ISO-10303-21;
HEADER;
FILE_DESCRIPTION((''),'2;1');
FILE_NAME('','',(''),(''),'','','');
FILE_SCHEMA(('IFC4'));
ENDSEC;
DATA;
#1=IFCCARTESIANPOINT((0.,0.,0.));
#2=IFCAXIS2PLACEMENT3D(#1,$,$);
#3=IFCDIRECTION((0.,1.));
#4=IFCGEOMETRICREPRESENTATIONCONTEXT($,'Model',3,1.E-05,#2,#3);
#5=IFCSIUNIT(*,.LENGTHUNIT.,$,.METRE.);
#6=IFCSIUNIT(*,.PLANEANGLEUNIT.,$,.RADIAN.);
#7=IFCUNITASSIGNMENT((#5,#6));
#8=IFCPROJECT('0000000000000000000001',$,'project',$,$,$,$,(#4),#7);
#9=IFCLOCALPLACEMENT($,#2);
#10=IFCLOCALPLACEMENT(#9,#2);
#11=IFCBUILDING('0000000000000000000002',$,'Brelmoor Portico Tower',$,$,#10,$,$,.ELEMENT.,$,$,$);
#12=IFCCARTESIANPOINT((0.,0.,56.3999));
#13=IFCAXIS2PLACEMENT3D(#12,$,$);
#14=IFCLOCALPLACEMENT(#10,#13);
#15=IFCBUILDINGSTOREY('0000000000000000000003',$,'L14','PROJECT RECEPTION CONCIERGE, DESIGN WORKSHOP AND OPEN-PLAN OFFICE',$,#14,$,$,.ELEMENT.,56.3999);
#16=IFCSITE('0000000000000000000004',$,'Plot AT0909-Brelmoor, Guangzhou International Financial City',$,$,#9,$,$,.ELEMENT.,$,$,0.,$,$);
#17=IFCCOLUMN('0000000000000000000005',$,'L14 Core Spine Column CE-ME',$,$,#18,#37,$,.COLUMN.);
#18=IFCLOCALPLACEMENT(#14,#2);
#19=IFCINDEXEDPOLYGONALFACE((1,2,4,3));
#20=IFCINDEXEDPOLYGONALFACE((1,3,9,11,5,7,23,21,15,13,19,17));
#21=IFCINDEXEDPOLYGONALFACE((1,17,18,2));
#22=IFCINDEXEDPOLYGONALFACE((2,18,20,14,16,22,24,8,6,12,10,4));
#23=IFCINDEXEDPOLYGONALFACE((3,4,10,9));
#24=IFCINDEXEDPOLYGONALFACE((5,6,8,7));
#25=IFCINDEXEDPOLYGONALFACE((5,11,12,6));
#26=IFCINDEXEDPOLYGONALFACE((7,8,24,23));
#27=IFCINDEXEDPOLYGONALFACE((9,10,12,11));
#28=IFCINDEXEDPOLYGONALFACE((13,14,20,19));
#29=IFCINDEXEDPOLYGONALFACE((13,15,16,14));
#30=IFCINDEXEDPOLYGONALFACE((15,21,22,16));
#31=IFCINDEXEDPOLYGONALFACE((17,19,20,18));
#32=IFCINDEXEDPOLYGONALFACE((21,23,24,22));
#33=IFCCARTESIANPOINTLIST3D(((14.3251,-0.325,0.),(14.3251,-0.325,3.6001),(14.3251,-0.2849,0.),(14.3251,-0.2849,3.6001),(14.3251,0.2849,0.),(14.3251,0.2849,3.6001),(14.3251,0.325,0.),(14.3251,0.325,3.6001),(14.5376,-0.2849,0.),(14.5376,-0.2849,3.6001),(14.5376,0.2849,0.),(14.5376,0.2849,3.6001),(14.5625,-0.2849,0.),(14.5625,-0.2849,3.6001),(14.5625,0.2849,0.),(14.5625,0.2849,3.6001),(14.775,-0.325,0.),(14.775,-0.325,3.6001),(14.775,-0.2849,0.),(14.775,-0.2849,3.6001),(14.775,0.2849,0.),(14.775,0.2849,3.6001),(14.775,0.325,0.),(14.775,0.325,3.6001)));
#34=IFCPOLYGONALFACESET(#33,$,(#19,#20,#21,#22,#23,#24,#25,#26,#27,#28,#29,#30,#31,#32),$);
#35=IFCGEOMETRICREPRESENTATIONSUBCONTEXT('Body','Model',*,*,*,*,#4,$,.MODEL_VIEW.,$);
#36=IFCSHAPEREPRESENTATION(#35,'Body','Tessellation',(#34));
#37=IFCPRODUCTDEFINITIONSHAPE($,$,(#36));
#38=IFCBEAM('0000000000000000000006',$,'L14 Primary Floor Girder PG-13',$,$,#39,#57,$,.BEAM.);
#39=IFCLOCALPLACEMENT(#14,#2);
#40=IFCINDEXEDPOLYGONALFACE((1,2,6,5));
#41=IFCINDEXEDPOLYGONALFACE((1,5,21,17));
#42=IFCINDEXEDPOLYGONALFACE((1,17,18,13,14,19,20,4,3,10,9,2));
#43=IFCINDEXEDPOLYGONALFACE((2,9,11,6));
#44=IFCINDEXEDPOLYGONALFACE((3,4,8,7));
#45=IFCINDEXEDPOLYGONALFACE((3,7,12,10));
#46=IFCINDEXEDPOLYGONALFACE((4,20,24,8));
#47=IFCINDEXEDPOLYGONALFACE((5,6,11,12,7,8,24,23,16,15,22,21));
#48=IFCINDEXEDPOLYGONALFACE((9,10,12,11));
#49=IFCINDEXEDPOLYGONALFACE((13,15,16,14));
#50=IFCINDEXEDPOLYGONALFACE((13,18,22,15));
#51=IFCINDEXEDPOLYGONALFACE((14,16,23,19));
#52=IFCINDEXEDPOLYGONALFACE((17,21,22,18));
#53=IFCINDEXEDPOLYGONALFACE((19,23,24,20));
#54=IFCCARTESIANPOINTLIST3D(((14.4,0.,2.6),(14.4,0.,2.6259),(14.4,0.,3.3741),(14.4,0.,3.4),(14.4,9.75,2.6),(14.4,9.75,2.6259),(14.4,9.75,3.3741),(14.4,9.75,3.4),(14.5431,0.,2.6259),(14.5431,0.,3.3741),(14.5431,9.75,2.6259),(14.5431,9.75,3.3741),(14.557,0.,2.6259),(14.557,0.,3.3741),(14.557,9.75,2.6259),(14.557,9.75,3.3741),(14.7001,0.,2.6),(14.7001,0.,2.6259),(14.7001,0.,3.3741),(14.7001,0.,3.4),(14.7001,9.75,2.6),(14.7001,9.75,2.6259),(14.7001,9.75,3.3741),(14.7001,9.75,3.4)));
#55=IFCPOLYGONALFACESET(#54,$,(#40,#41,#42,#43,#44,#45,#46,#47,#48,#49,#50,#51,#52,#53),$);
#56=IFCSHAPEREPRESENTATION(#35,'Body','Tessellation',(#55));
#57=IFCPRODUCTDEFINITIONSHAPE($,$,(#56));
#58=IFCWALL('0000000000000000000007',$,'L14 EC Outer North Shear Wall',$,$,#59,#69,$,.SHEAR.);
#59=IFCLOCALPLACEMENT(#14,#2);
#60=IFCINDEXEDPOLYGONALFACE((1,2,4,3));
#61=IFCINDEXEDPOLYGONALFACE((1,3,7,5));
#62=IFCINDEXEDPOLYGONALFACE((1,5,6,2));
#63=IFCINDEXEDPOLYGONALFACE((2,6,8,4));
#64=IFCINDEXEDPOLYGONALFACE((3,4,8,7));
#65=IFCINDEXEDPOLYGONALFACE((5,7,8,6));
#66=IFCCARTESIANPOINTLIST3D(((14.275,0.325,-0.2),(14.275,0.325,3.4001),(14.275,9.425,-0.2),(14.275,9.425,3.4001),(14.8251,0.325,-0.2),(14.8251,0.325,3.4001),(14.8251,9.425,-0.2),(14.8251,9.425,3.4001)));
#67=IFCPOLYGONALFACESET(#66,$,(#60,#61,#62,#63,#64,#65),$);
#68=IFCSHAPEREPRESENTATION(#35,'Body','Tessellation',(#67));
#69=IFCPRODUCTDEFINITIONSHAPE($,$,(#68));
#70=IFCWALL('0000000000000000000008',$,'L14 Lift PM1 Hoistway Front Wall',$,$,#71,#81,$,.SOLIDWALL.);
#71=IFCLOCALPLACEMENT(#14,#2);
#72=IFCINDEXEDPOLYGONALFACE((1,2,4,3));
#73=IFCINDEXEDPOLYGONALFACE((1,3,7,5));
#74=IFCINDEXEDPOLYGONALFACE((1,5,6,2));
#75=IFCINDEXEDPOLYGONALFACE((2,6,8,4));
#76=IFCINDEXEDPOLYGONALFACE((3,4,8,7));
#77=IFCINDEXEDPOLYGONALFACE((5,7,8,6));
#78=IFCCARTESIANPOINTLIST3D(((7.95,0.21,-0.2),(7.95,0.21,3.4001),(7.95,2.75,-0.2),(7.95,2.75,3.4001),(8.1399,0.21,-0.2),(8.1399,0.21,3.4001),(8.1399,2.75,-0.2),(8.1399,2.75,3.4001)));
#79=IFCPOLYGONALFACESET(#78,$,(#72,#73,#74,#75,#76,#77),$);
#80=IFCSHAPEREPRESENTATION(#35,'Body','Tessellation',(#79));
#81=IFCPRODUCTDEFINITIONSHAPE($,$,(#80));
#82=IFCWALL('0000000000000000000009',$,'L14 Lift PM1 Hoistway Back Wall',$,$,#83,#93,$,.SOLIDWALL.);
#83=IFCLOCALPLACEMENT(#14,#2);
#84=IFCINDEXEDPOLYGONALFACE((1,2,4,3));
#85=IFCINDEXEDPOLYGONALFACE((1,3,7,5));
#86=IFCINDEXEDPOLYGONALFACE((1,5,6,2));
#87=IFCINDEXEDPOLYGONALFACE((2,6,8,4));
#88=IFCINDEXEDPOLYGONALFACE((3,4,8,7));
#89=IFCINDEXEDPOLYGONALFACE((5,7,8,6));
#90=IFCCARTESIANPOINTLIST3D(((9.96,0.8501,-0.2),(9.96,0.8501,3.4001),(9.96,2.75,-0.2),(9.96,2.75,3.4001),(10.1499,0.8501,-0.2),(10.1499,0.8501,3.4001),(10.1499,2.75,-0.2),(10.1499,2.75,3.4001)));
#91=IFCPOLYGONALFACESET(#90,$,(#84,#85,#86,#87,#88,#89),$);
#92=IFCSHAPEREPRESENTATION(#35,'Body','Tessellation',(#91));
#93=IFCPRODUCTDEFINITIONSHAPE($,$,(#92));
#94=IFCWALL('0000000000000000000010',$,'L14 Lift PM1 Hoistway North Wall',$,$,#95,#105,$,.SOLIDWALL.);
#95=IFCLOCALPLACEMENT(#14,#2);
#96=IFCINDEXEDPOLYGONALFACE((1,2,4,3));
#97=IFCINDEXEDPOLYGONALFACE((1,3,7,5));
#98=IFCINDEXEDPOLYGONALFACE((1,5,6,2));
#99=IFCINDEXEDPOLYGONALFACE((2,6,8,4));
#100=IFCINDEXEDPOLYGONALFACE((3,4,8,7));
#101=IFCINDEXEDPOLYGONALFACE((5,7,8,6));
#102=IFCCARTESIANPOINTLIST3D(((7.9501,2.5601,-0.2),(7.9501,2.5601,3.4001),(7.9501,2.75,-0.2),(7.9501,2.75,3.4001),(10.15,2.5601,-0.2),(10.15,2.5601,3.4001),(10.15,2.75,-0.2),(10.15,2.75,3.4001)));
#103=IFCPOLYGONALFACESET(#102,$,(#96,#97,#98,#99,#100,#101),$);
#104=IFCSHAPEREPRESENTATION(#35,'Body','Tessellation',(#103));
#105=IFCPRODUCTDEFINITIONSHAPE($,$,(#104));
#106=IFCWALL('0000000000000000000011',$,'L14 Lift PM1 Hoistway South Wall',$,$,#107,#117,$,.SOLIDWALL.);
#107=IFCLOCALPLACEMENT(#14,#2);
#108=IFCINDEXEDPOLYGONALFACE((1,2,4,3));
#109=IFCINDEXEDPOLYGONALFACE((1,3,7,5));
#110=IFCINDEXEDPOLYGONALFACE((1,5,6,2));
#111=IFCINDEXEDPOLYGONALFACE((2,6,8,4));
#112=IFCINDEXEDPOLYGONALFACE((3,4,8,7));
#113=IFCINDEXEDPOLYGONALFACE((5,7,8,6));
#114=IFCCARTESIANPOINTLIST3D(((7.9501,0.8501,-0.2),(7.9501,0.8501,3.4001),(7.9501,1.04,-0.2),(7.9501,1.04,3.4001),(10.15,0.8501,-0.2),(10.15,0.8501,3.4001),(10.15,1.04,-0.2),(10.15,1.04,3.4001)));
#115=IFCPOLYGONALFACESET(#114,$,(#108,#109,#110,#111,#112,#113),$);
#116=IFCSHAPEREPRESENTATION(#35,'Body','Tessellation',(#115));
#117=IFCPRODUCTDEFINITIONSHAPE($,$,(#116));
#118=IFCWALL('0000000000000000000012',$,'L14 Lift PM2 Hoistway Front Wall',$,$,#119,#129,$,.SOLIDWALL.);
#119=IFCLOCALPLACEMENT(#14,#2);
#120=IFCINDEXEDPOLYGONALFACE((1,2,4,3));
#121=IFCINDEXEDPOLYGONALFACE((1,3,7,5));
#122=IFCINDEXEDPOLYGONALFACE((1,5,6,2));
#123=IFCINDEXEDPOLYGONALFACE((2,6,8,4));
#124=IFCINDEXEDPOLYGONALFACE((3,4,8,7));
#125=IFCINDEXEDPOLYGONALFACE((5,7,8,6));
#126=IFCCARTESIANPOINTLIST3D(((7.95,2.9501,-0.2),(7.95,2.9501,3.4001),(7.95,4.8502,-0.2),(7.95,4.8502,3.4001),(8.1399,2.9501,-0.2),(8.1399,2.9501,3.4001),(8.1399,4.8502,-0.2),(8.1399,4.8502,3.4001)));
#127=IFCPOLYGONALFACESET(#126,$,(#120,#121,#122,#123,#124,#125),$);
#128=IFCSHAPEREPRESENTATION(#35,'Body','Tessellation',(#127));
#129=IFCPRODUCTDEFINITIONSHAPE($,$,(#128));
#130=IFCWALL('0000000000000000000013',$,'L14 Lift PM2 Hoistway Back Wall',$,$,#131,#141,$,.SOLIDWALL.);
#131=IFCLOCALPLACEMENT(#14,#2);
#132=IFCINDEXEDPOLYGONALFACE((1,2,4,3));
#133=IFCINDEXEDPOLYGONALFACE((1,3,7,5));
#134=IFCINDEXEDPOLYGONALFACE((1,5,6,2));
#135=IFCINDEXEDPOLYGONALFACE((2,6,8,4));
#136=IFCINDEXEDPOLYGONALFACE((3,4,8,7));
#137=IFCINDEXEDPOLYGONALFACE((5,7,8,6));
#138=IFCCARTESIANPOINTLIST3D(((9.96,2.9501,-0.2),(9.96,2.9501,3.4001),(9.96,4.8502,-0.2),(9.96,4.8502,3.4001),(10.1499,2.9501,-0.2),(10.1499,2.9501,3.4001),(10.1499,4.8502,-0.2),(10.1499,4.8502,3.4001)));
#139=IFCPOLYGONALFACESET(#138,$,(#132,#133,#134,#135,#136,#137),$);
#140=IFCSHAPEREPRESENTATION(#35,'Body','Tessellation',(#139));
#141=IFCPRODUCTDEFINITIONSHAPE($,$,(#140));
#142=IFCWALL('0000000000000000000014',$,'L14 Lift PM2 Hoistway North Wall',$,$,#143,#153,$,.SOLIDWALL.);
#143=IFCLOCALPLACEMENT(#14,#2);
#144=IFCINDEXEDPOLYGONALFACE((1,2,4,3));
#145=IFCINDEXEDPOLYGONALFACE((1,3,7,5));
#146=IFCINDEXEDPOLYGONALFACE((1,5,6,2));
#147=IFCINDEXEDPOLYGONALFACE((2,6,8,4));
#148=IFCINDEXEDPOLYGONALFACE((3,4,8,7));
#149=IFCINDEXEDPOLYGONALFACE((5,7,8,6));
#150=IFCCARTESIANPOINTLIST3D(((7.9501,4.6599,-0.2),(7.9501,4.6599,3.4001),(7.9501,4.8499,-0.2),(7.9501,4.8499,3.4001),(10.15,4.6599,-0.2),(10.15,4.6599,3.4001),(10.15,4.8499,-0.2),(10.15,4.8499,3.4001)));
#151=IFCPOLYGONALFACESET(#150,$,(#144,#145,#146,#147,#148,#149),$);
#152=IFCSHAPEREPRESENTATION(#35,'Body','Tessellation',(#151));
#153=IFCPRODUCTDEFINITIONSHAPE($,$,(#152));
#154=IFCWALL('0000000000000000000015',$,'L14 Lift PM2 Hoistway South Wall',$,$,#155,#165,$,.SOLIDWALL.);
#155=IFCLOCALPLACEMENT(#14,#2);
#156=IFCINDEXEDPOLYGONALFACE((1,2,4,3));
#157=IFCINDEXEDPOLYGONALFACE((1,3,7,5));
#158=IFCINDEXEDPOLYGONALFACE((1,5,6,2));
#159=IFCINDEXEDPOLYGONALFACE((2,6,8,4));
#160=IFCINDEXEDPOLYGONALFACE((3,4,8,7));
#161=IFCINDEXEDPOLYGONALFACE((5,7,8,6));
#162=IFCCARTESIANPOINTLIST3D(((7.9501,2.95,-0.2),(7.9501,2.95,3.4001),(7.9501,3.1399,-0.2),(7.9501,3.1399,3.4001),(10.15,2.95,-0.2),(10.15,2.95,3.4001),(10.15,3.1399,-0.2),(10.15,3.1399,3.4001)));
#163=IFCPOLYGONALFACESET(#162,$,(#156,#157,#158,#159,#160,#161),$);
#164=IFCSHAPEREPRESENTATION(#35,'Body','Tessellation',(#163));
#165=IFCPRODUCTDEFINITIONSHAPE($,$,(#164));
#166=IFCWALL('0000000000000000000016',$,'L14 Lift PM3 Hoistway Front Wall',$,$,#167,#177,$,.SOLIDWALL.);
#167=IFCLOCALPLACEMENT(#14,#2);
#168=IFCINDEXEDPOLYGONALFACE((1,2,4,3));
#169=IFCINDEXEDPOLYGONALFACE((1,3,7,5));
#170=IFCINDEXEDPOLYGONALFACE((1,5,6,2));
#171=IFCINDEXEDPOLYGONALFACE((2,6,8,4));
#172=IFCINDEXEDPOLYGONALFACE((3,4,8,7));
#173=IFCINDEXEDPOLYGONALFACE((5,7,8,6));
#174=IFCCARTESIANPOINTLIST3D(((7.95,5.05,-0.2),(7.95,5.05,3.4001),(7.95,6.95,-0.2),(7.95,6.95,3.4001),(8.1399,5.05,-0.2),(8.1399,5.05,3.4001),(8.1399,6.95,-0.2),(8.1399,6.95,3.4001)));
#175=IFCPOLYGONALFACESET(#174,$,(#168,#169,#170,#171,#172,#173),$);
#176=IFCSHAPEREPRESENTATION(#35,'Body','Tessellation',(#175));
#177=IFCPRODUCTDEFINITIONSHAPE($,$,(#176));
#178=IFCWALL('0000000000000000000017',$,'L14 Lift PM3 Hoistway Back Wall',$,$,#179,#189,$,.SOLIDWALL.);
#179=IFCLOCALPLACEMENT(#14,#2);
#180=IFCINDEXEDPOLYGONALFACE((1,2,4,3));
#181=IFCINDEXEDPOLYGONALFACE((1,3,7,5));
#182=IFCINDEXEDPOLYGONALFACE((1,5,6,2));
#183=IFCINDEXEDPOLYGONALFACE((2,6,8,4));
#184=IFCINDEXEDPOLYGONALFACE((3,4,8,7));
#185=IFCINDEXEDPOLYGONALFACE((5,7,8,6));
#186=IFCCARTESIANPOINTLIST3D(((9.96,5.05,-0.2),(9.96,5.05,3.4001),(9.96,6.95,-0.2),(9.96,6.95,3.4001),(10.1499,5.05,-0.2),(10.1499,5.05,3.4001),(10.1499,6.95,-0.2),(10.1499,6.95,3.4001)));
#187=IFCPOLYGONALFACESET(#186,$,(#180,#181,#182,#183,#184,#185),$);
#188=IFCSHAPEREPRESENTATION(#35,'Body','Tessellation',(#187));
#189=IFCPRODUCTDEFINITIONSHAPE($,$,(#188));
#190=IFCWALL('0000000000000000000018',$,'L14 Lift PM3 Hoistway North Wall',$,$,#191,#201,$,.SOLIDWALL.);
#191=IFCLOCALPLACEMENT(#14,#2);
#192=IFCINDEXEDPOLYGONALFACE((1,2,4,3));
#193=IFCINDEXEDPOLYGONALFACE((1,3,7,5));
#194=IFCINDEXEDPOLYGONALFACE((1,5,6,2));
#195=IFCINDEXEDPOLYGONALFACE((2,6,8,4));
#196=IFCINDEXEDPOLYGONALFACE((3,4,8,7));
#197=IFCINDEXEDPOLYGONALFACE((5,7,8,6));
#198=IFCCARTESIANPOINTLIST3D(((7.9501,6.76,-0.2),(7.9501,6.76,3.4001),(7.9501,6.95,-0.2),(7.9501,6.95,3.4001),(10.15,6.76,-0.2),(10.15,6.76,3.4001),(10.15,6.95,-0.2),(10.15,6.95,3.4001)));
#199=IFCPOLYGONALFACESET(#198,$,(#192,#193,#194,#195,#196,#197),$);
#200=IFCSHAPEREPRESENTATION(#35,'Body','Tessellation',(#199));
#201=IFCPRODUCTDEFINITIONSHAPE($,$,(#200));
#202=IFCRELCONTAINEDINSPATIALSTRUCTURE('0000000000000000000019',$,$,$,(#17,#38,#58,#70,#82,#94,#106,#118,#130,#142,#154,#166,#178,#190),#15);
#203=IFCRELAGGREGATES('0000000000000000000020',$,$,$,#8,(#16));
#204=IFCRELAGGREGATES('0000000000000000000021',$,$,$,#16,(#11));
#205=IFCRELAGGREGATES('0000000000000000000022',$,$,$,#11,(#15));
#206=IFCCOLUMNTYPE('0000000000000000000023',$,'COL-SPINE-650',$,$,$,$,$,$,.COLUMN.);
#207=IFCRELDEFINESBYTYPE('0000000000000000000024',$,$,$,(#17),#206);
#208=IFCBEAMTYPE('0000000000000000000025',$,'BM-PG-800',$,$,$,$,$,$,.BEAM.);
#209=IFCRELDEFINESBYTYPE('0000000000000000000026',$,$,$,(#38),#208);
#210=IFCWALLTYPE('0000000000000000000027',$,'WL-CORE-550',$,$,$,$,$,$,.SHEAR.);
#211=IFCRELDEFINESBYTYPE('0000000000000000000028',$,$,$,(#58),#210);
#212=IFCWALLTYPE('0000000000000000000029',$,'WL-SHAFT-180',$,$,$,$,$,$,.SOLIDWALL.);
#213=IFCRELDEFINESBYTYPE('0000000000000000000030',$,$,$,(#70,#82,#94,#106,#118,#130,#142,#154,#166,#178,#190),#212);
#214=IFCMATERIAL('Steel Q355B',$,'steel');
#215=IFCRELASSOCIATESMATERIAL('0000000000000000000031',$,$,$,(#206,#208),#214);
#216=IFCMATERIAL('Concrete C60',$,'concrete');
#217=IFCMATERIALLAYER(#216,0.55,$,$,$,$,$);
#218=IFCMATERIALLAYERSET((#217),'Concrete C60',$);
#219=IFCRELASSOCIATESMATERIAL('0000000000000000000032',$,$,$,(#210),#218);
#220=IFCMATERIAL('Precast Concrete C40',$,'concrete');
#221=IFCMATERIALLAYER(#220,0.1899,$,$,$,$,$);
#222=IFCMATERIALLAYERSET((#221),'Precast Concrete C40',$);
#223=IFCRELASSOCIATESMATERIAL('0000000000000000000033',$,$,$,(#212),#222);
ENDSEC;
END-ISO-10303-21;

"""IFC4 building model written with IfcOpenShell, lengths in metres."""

from ifc_helpers import new_model, si_unit, direction, frame, frame_2d, origin, origin_2d, place, context, subcontext, project, spatial, rectangle, i_section, extrude, material, layer, layer_set, material_profile, profile_set, type_object, element, save


model = new_model("IFC4")

# Units and contexts
model_context = context("Model", 3, precision=1e-05, world=origin(), true_north=direction((0.0, 1.0)))
body_context = subcontext(model_context, "Body", "Model", "MODEL_VIEW")
ifc_project = project(units=[si_unit("LENGTHUNIT", "METRE"), si_unit("PLANEANGLEUNIT", "RADIAN")], contexts=[model_context])

# Site, building, storey
site_placement = place(None, origin())
site = spatial("IfcSite", under=ifc_project, at=site_placement, Name="Plot AT0909-Brelmoor, Guangzhou International Financial City", CompositionType="ELEMENT", RefElevation=0.0)
building_placement = place(site_placement, origin())
building = spatial("IfcBuilding", under=site, at=building_placement, Name="Brelmoor Portico Tower", CompositionType="ELEMENT")
storey_placement = place(building_placement, frame((0.0, 0.0, 56.3999)))
storey = spatial("IfcBuildingStorey", under=building, at=storey_placement, Name="L14", Description="PROJECT RECEPTION CONCIERGE, DESIGN WORKSHOP AND OPEN-PLAN OFFICE", CompositionType="ELEMENT", Elevation=56.3999)

# Column
ifc_material_1 = material(Name="Steel Q355B", Category="steel")
ifc_material_profile_1 = material_profile(ifc_material_1, i_section(OverallWidth=0.45, OverallDepth=0.6499, WebThickness=0.0249, FlangeThickness=0.04, at=origin_2d()), Name="HW 650x450x25x40")
ifc_profile_set_1 = profile_set([ifc_material_profile_1], Name="Steel Q355B")
column_type = type_object("IfcColumnType", Name="COL-SPINE-650", PredefinedType="COLUMN", material=ifc_profile_set_1)
column_placement = place(storey_placement, frame((14.55, 0.0, 0.0), z_axis=(0.0, 0.0, 1.0), x_axis=(1.0, 0.0, 0.0)))
element("IfcColumn", 1, at=column_placement, inside=storey, type_object=column_type, Name="L14 Core Spine Column CE-ME", PredefinedType="COLUMN", context=body_context, shape_type="SweptSolid", body=[
    extrude(i_section(OverallWidth=0.45, OverallDepth=0.6499, WebThickness=0.0249, FlangeThickness=0.04, at=origin_2d()), origin(), (0.0, 0.0, 1.0), 3.6001),
])

# Beam
ifc_material_profile_2 = material_profile(ifc_material_1, i_section(OverallWidth=0.3, OverallDepth=0.8, WebThickness=0.0139, FlangeThickness=0.0259, at=origin_2d()), Name="HN 800x300x14x26")
ifc_profile_set_2 = profile_set([ifc_material_profile_2], Name="Steel Q355B")
beam_type = type_object("IfcBeamType", Name="BM-PG-800", PredefinedType="BEAM", material=ifc_profile_set_2)
beam_placement = place(storey_placement, frame((14.55, 0.0, 3.0), z_axis=(0.0, 1.0, 0.0), x_axis=(-1.0, 0.0, 0.0)))
element("IfcBeam", 2, at=beam_placement, inside=storey, type_object=beam_type, Name="L14 Primary Floor Girder PG-13", PredefinedType="BEAM", context=body_context, shape_type="SweptSolid", body=[
    extrude(i_section(OverallWidth=0.3, OverallDepth=0.8, WebThickness=0.0139, FlangeThickness=0.0259, at=origin_2d()), origin(), (0.0, 0.0, 1.0), 9.75),
])

# Walls
ifc_material_2 = material(Name="Concrete C60", Category="concrete")
ifc_layer_1 = layer(ifc_material_2, 0.55)
ifc_layer_set_1 = layer_set([ifc_layer_1], Name="Concrete C60")
wall_type_1 = type_object("IfcWallType", Name="WL-CORE-550", PredefinedType="SHEAR", material=ifc_layer_set_1)
wall_1_placement = place(storey_placement, frame((14.55, 0.325, -0.2), z_axis=(0.0, 0.0, 1.0), x_axis=(0.0, 1.0, 0.0)))
element("IfcWall", 3, at=wall_1_placement, inside=storey, type_object=wall_type_1, Name="L14 EC Outer North Shear Wall", PredefinedType="SHEAR", context=body_context, shape_type="SweptSolid", body=[
    extrude(rectangle(XDim=9.1001, YDim=0.55, at=frame_2d((4.55, 0.0))), origin(), (0.0, 0.0, 1.0), 3.6001),
])
ifc_material_3 = material(Name="Precast Concrete C40", Category="concrete")
ifc_layer_2 = layer(ifc_material_3, 0.1899)
ifc_layer_set_2 = layer_set([ifc_layer_2], Name="Precast Concrete C40")
wall_type_2 = type_object("IfcWallType", Name="WL-SHAFT-180", PredefinedType="SOLIDWALL", material=ifc_layer_set_2)
wall_2_placement = place(storey_placement, frame((8.0449, 0.21, -0.2), z_axis=(0.0, 0.0, 1.0), x_axis=(0.0, 1.0, 0.0)))
element("IfcWall", 4, at=wall_2_placement, inside=storey, type_object=wall_type_2, Name="L14 Lift PM1 Hoistway Front Wall", PredefinedType="SOLIDWALL", context=body_context, shape_type="SweptSolid", body=[
    extrude(rectangle(XDim=2.54, YDim=0.1899, at=frame_2d((1.27, 0.0))), origin(), (0.0, 0.0, 1.0), 3.6001),
])
wall_3_placement = place(storey_placement, frame((10.0549, 0.8501, -0.2), z_axis=(0.0, 0.0, 1.0), x_axis=(0.0, 1.0, 0.0)))
element("IfcWall", 5, at=wall_3_placement, inside=storey, type_object=wall_type_2, Name="L14 Lift PM1 Hoistway Back Wall", PredefinedType="SOLIDWALL", context=body_context, shape_type="SweptSolid", body=[
    extrude(rectangle(XDim=1.8999, YDim=0.1899, at=frame_2d((0.95, 0.0))), origin(), (0.0, 0.0, 1.0), 3.6001),
])
for number, where, z_axis, x_axis, name in (
    (6, (7.95, 2.655, -0.2), (0.0, 0.0, 1.0), (1.0, 0.0, 0.0), "L14 Lift PM1 Hoistway North Wall"),
    (7, (7.95, 0.9451, -0.2), (0.0, 0.0, 1.0), (1.0, 0.0, 0.0), "L14 Lift PM1 Hoistway South Wall"),
):
    element("IfcWall", number, at=place(storey_placement, frame(where, z_axis=z_axis, x_axis=x_axis)), inside=storey, type_object=wall_type_2, Name=name, PredefinedType="SOLIDWALL", context=body_context, shape_type="SweptSolid", body=[
        extrude(rectangle(XDim=2.2, YDim=0.1899, at=frame_2d((1.1001, 0.0))), origin(), (0.0, 0.0, 1.0), 3.6001),
    ])
for number, where, z_axis, x_axis, name in (
    (8, (8.0449, 2.95, -0.2), (0.0, 0.0, 1.0), (0.0, 1.0, 0.0), "L14 Lift PM2 Hoistway Front Wall"),
    (9, (10.0549, 2.95, -0.2), (0.0, 0.0, 1.0), (0.0, 1.0, 0.0), "L14 Lift PM2 Hoistway Back Wall"),
):
    element("IfcWall", number, at=place(storey_placement, frame(where, z_axis=z_axis, x_axis=x_axis)), inside=storey, type_object=wall_type_2, Name=name, PredefinedType="SOLIDWALL", context=body_context, shape_type="SweptSolid", body=[
        extrude(rectangle(XDim=1.9001, YDim=0.1899, at=frame_2d((0.9502, 0.0))), origin(), (0.0, 0.0, 1.0), 3.6001),
    ])
for number, where, z_axis, x_axis, name in (
    (10, (7.95, 4.7549, -0.2), (0.0, 0.0, 1.0), (1.0, 0.0, 0.0), "L14 Lift PM2 Hoistway North Wall"),
    (11, (7.95, 3.0449, -0.2), (0.0, 0.0, 1.0), (1.0, 0.0, 0.0), "L14 Lift PM2 Hoistway South Wall"),
):
    element("IfcWall", number, at=place(storey_placement, frame(where, z_axis=z_axis, x_axis=x_axis)), inside=storey, type_object=wall_type_2, Name=name, PredefinedType="SOLIDWALL", context=body_context, shape_type="SweptSolid", body=[
        extrude(rectangle(XDim=2.2, YDim=0.1899, at=frame_2d((1.1001, 0.0))), origin(), (0.0, 0.0, 1.0), 3.6001),
    ])
for number, where, z_axis, x_axis, name in (
    (12, (8.0449, 5.05, -0.2), (0.0, 0.0, 1.0), (0.0, 1.0, 0.0), "L14 Lift PM3 Hoistway Front Wall"),
    (13, (10.0549, 5.05, -0.2), (0.0, 0.0, 1.0), (0.0, 1.0, 0.0), "L14 Lift PM3 Hoistway Back Wall"),
):
    element("IfcWall", number, at=place(storey_placement, frame(where, z_axis=z_axis, x_axis=x_axis)), inside=storey, type_object=wall_type_2, Name=name, PredefinedType="SOLIDWALL", context=body_context, shape_type="SweptSolid", body=[
        extrude(rectangle(XDim=1.8999, YDim=0.1899, at=frame_2d((0.95, 0.0))), origin(), (0.0, 0.0, 1.0), 3.6001),
    ])
for number, where, z_axis, x_axis, name in (
    (14, (7.95, 6.855, -0.2), (0.0, 0.0, 1.0), (1.0, 0.0, 0.0), "L14 Lift PM3 Hoistway North Wall"),
):
    element("IfcWall", number, at=place(storey_placement, frame(where, z_axis=z_axis, x_axis=x_axis)), inside=storey, type_object=wall_type_2, Name=name, PredefinedType="SOLIDWALL", context=body_context, shape_type="SweptSolid", body=[
        extrude(rectangle(XDim=2.2, YDim=0.1899, at=frame_2d((1.1001, 0.0))), origin(), (0.0, 0.0, 1.0), 3.6001),
    ])

save(model, "model.ifc")
